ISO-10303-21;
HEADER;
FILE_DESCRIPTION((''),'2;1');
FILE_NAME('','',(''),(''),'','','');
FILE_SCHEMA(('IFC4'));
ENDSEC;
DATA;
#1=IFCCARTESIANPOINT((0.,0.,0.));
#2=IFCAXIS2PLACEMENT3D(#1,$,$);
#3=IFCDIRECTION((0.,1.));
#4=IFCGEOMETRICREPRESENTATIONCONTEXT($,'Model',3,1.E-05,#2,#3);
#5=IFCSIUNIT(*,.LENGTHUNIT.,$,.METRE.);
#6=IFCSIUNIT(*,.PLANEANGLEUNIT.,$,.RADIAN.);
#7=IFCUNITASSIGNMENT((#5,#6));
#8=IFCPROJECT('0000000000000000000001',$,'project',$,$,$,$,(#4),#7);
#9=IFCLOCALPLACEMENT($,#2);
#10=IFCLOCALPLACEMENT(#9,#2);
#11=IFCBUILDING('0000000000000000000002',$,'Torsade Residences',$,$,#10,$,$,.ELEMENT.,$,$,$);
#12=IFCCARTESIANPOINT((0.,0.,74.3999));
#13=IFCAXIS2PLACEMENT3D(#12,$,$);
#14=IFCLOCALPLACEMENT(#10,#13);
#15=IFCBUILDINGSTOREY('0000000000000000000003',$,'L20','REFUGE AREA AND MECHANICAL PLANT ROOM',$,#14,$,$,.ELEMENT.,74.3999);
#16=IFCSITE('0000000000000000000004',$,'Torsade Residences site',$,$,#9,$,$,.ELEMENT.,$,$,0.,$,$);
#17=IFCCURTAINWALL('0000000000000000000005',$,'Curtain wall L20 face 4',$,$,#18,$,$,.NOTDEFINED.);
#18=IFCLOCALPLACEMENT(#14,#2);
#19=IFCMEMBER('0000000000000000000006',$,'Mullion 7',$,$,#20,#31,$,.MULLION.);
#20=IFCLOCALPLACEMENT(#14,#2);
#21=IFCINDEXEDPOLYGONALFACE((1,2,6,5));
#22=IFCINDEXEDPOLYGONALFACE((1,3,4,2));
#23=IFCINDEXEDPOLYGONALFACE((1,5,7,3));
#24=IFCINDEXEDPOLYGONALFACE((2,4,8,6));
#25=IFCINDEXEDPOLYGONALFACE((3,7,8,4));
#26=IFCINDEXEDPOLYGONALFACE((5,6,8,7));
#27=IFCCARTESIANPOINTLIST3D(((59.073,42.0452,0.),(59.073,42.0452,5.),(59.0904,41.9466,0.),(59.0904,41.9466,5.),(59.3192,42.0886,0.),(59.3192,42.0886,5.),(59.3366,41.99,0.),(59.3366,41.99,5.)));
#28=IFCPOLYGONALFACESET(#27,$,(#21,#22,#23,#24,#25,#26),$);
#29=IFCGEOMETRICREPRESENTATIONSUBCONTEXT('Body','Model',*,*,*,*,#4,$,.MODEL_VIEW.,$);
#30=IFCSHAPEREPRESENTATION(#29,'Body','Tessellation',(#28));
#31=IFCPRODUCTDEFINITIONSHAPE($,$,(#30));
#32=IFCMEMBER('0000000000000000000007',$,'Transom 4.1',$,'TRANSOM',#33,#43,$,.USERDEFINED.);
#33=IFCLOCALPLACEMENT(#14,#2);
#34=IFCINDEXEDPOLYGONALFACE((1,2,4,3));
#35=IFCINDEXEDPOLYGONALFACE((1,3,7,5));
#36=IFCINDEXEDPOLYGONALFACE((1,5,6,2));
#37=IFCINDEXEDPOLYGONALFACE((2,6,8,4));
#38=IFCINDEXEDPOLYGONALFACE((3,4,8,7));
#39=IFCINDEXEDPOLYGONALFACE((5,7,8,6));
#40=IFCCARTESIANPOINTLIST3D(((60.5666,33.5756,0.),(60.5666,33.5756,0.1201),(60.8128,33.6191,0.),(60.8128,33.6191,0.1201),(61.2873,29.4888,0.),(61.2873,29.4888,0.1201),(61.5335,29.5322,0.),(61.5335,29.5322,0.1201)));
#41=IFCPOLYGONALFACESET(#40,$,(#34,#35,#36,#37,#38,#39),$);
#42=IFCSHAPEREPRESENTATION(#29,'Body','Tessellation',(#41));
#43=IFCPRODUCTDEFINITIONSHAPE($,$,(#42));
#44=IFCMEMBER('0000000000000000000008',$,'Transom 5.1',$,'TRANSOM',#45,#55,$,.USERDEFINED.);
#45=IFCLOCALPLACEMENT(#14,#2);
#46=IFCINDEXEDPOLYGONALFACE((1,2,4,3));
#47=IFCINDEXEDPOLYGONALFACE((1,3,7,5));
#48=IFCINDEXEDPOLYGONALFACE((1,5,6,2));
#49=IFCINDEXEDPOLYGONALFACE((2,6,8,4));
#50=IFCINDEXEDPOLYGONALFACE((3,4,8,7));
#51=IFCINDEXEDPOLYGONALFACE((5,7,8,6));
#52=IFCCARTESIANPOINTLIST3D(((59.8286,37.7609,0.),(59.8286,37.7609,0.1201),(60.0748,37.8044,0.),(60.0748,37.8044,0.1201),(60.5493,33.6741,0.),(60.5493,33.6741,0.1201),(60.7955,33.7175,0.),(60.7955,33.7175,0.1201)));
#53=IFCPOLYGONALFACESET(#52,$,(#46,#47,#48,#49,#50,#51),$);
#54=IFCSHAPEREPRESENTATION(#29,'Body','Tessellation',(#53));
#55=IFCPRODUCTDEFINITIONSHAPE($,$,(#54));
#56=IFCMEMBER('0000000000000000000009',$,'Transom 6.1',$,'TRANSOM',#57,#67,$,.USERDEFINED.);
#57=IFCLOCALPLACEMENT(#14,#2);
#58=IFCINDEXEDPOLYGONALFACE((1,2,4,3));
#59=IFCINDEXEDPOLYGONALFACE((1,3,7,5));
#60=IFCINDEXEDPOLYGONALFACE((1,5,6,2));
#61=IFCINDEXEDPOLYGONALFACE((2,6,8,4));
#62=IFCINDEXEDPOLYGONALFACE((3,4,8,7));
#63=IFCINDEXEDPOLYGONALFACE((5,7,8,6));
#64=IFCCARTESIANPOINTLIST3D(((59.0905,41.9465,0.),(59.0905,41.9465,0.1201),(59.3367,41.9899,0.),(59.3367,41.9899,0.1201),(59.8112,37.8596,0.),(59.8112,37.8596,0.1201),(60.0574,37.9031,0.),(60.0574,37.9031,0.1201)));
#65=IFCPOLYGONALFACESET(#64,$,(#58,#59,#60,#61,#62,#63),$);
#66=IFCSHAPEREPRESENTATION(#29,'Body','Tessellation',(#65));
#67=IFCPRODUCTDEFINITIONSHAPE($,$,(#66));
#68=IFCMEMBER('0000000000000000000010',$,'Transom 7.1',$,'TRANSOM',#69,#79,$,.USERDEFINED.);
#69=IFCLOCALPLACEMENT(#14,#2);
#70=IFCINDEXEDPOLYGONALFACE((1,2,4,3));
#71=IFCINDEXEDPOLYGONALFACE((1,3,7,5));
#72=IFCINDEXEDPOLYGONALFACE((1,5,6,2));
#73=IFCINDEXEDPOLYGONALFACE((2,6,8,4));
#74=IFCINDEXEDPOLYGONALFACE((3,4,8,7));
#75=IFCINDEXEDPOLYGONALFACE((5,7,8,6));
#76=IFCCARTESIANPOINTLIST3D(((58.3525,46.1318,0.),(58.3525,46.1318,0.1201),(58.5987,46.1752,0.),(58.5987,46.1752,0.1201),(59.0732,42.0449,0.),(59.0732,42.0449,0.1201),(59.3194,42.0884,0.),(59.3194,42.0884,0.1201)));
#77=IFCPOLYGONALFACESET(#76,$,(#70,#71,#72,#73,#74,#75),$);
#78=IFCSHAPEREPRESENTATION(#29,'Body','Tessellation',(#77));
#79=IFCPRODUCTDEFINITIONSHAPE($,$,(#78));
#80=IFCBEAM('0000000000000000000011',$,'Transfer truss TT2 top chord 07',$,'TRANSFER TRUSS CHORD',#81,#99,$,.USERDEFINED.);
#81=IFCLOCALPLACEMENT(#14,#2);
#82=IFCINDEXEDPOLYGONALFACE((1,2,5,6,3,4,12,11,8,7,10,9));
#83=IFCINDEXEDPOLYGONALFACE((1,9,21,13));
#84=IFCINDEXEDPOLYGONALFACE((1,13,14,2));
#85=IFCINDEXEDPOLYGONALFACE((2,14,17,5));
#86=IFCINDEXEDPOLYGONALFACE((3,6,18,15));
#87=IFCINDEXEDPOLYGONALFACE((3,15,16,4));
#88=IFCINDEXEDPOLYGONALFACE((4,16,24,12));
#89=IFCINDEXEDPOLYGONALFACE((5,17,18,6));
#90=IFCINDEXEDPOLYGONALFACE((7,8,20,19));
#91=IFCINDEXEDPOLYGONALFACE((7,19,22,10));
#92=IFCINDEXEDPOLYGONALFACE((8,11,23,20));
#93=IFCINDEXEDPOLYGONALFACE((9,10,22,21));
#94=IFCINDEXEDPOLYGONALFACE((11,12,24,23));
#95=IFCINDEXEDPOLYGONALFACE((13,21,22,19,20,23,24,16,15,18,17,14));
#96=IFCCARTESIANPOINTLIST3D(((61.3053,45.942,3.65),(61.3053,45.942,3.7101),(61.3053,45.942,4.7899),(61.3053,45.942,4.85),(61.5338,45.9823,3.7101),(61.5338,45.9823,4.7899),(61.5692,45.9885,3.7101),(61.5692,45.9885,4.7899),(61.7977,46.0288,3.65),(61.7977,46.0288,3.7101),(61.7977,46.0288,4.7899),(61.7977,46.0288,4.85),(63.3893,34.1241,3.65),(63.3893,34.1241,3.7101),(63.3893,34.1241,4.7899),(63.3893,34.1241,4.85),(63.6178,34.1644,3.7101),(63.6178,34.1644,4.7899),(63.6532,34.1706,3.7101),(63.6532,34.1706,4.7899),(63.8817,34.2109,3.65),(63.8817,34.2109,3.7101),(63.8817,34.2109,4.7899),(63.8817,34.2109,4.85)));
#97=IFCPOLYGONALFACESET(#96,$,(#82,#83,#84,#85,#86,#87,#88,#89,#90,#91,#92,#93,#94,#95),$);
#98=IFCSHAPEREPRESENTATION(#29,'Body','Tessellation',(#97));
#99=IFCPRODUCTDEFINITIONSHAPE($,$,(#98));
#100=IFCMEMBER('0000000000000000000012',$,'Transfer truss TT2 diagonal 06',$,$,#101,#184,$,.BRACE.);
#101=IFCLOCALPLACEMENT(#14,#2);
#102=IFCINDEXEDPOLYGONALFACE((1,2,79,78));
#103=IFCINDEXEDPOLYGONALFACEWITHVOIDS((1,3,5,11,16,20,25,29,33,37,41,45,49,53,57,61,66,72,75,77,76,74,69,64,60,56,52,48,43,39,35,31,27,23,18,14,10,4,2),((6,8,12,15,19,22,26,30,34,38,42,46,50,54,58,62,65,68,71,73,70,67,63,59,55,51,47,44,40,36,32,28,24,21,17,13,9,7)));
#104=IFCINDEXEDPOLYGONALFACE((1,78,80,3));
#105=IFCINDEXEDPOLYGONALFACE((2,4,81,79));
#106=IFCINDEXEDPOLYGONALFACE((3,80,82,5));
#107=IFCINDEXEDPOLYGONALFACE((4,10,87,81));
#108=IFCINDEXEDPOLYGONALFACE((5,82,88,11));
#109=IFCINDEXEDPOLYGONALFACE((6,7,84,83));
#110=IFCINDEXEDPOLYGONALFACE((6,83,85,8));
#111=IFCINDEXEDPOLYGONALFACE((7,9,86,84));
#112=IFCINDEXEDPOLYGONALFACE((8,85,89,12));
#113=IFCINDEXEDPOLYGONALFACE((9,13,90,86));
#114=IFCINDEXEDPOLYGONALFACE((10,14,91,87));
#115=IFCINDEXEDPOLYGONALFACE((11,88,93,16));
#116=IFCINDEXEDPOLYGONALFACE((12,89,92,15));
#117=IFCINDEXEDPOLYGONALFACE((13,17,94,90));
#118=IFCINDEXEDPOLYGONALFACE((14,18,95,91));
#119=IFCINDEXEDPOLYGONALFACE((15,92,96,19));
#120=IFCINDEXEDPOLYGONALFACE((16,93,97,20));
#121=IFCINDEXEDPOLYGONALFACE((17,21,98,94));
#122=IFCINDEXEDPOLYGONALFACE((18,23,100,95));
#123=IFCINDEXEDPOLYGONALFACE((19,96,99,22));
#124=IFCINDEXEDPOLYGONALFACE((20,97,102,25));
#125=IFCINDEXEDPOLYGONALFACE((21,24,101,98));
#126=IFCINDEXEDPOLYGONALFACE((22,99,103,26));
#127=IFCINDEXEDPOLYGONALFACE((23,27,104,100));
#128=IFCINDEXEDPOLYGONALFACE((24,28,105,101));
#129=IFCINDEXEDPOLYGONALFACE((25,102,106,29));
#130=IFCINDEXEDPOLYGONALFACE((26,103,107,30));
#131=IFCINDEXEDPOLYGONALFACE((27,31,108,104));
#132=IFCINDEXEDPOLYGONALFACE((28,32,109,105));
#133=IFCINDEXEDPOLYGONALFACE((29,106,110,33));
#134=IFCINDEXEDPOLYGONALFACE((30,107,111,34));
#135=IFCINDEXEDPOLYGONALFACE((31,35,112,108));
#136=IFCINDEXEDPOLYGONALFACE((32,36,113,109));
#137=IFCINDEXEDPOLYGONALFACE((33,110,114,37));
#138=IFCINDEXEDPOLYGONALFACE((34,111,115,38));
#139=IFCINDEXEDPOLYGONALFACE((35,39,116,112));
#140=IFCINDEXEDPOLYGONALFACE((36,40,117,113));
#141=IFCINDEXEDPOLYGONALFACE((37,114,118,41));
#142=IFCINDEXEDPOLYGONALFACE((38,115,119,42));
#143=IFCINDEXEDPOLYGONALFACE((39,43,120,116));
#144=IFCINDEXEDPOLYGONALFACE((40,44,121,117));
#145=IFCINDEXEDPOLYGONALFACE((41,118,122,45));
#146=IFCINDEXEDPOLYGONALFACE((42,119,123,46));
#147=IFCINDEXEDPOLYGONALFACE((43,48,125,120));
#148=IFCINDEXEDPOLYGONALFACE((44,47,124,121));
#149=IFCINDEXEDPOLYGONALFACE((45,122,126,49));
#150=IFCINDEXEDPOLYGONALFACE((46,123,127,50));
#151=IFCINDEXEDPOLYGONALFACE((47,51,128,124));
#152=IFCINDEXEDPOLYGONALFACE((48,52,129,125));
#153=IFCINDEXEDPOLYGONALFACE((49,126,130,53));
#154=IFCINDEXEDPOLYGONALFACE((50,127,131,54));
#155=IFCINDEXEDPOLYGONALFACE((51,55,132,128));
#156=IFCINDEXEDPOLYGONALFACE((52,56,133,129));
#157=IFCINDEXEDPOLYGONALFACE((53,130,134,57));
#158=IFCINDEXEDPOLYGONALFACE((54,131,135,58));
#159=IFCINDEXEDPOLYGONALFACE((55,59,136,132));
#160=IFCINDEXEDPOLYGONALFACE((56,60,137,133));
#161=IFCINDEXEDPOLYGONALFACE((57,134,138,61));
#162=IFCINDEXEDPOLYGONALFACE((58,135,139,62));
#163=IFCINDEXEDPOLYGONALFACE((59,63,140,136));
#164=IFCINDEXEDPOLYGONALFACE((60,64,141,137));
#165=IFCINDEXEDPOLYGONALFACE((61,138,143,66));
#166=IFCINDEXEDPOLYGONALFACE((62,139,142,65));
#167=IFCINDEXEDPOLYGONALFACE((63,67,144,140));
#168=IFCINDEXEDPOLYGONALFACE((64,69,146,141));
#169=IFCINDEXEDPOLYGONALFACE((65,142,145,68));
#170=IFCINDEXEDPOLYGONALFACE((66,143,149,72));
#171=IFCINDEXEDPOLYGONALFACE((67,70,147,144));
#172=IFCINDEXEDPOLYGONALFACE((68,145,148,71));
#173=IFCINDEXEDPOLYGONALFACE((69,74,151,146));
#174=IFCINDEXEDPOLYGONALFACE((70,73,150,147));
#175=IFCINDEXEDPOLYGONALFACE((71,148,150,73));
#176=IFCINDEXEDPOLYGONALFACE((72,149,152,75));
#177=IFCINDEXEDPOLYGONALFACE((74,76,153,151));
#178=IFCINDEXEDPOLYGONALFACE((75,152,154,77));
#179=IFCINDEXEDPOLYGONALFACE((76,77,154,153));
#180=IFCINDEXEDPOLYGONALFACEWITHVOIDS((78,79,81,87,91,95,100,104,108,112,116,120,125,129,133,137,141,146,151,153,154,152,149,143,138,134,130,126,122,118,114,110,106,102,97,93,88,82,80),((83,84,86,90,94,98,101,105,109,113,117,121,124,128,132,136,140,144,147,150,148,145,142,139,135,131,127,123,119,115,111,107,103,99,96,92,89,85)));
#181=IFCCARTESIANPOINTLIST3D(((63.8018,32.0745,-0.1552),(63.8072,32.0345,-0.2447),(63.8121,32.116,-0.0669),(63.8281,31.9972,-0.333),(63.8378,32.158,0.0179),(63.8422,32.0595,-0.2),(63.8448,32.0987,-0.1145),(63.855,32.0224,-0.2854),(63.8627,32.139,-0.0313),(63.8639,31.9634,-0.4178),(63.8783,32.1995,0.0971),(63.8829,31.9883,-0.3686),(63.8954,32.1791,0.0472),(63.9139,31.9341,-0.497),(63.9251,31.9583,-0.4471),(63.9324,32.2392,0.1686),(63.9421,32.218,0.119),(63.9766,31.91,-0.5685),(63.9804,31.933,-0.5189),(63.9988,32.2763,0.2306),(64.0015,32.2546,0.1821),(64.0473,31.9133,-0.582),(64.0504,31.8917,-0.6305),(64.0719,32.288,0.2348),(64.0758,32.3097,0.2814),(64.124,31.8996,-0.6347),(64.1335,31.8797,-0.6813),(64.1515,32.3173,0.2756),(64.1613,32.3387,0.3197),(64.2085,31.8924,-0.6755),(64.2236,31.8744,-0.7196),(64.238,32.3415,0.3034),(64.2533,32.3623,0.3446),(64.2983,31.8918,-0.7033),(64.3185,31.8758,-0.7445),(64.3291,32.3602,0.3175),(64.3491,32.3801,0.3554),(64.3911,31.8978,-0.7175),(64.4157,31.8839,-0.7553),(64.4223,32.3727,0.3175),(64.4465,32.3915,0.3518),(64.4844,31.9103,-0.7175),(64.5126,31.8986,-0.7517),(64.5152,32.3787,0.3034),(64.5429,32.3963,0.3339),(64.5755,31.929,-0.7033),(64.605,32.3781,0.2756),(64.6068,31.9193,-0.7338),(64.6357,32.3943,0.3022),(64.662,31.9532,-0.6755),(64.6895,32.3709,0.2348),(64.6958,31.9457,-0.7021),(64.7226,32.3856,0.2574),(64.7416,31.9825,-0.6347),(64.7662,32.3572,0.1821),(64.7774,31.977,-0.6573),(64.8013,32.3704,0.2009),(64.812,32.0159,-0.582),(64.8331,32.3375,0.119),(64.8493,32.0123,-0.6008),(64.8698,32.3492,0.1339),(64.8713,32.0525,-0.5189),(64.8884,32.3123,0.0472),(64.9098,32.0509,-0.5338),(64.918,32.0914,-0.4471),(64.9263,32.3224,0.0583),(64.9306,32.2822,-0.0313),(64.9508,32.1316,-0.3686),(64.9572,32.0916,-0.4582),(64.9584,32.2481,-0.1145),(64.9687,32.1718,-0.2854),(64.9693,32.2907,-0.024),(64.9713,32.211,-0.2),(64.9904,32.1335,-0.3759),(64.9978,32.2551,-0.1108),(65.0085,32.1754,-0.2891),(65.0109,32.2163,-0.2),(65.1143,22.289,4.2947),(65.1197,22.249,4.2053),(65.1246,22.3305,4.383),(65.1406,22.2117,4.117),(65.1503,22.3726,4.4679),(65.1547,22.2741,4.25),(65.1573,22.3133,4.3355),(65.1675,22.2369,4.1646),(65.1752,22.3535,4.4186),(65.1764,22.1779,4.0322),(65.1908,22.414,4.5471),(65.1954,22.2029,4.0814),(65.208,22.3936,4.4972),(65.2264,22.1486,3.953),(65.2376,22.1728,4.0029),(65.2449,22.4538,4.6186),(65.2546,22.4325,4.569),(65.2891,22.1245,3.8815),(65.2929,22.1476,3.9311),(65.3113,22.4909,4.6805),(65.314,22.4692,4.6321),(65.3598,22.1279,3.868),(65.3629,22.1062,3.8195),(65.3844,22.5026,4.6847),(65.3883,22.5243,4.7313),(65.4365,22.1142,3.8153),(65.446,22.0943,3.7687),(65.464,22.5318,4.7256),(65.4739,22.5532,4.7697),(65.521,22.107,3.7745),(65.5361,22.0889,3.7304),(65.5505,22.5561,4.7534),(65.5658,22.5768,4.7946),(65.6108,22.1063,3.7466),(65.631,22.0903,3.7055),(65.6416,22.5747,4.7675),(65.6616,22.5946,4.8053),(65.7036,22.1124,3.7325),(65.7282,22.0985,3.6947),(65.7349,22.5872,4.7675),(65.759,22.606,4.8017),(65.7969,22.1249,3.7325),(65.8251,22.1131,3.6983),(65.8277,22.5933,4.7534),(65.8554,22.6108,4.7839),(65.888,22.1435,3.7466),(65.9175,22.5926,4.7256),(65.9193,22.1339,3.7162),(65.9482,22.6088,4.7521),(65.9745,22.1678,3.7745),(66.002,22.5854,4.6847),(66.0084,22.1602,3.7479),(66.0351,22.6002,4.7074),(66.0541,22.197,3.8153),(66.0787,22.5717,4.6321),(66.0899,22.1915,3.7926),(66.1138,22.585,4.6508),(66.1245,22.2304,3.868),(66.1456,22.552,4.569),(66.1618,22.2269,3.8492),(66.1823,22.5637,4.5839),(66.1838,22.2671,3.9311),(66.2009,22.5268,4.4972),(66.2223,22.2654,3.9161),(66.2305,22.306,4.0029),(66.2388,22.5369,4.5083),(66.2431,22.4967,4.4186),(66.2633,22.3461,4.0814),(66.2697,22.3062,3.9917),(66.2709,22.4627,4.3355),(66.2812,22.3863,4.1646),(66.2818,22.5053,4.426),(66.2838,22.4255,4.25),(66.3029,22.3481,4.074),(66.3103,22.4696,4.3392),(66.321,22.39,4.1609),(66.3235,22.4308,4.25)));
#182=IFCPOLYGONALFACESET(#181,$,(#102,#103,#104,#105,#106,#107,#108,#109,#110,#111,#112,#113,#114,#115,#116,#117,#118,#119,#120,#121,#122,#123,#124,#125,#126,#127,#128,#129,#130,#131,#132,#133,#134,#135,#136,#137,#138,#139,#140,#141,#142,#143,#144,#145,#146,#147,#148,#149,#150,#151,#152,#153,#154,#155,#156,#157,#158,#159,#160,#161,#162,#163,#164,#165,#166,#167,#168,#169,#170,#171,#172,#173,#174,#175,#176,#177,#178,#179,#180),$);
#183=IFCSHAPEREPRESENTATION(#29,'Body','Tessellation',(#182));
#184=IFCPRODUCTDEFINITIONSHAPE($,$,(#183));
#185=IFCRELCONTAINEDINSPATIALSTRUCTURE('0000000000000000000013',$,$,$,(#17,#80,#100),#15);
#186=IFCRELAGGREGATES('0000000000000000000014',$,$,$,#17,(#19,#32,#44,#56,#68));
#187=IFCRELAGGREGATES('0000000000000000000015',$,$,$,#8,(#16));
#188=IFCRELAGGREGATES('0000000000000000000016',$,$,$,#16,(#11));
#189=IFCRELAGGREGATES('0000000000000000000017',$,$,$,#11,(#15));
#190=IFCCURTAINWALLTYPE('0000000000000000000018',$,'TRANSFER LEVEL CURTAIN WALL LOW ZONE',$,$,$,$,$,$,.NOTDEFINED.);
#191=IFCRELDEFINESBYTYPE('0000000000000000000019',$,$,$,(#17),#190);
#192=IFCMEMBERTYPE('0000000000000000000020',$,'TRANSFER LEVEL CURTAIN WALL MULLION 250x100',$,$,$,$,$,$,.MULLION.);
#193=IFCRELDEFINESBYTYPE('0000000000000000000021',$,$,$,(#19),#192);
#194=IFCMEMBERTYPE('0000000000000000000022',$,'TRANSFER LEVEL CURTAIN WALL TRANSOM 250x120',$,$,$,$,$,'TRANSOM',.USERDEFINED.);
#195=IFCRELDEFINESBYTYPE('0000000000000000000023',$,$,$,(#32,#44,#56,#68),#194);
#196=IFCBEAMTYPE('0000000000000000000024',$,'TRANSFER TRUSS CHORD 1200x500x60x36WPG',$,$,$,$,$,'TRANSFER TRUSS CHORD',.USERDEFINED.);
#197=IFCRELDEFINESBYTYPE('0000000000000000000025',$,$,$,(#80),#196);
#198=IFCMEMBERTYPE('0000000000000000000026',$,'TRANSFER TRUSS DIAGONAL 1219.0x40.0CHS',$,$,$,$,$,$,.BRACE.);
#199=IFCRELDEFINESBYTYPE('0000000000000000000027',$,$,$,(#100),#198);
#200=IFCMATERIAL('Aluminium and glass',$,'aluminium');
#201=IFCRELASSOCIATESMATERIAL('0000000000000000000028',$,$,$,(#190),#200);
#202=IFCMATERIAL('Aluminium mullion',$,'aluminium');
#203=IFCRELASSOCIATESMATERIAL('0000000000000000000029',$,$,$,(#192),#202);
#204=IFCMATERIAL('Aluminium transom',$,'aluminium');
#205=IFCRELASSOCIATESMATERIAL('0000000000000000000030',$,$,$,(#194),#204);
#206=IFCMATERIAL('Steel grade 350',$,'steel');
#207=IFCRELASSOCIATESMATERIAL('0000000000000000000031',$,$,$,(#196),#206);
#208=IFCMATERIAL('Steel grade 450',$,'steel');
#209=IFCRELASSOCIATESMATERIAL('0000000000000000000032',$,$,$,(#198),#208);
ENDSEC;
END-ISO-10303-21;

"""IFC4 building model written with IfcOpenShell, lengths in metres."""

from ifc_helpers import new_model, si_unit, direction, frame, origin, origin_2d, place, context, subcontext, project, spatial, rectangle, hollow_circle, i_section, extrude, material, material_profile, profile_set, type_object, element, aggregate, save


model = new_model("IFC4")

# Units and contexts
model_context = context("Model", 3, precision=1e-05, world=origin(), true_north=direction((0.0, 1.0)))
body_context = subcontext(model_context, "Body", "Model", "MODEL_VIEW")
ifc_project = project(units=[si_unit("LENGTHUNIT", "METRE"), si_unit("PLANEANGLEUNIT", "RADIAN")], contexts=[model_context])

# Site, building, storey
site_placement = place(None, origin())
site = spatial("IfcSite", under=ifc_project, at=site_placement, Name="Torsade Residences site", CompositionType="ELEMENT", RefElevation=0.0)
building_placement = place(site_placement, origin())
building = spatial("IfcBuilding", under=site, at=building_placement, Name="Torsade Residences", CompositionType="ELEMENT")
storey_placement = place(building_placement, frame((0.0, 0.0, 74.3999)))
storey = spatial("IfcBuildingStorey", under=building, at=storey_placement, Name="L20", Description="REFUGE AREA AND MECHANICAL PLANT ROOM", CompositionType="ELEMENT", Elevation=74.3999)

# Curtain wall, members
ifc_material_1 = material(Name="Aluminium and glass", Category="aluminium")
curtain_wall_type = type_object("IfcCurtainWallType", Name="TRANSFER LEVEL CURTAIN WALL LOW ZONE", PredefinedType="NOTDEFINED", material=ifc_material_1)
curtain_wall_placement = place(storey_placement, origin())
curtain_wall = element("IfcCurtainWall", 1, at=curtain_wall_placement, inside=storey, type_object=curtain_wall_type, Name="Curtain wall L20 face 4", PredefinedType="NOTDEFINED")
ifc_material_2 = material(Name="Aluminium mullion", Category="aluminium")
ifc_material_profile_1 = material_profile(ifc_material_2, rectangle(XDim=0.25, YDim=0.1001, at=origin_2d()), Name="TRANSFER LEVEL CURTAIN WALL MULLION 250x100")
ifc_profile_set_1 = profile_set([ifc_material_profile_1], Name="Aluminium mullion")
member_type_1 = type_object("IfcMemberType", Name="TRANSFER LEVEL CURTAIN WALL MULLION 250x100", PredefinedType="MULLION", material=ifc_profile_set_1)
member_1_placement = place(storey_placement, frame((59.2048, 42.0176, 0.0), z_axis=(0.0, 0.0, 1.0), x_axis=(-0.984808, -0.173648, 0.0)))
member_1 = element("IfcMember", 2, at=member_1_placement, type_object=member_type_1, Name="Mullion 7", PredefinedType="MULLION", context=body_context, shape_type="SweptSolid", body=[
    extrude(rectangle(XDim=0.25, YDim=0.1001, at=origin_2d()), origin(), (0.0, 0.0, 1.0), 5.0),
])
ifc_material_3 = material(Name="Aluminium transom", Category="aluminium")
ifc_material_profile_2 = material_profile(ifc_material_3, rectangle(XDim=0.25, YDim=0.1201, at=origin_2d()), Name="TRANSFER LEVEL CURTAIN WALL TRANSOM 250x120")
ifc_profile_set_2 = profile_set([ifc_material_profile_2], Name="Aluminium transom")
member_type_2 = type_object("IfcMemberType", Name="TRANSFER LEVEL CURTAIN WALL TRANSOM 250x120", ElementType="TRANSOM", PredefinedType="USERDEFINED", material=ifc_profile_set_2)
member_2_placement = place(storey_placement, frame((61.4104, 29.5105, 0.0601), z_axis=(-0.173665, 0.984805, 0.0), x_axis=(-0.984805, -0.173665, 0.0)))
member_2 = element("IfcMember", 3, at=member_2_placement, type_object=member_type_2, Name="Transom 4.1", ObjectType="TRANSOM", PredefinedType="USERDEFINED", context=body_context, shape_type="SweptSolid", body=[
    extrude(rectangle(XDim=0.25, YDim=0.1201, at=origin_2d()), origin(), (0.0, 0.0, 1.0), 4.1499),
])
member_3_placement = place(storey_placement, frame((60.6724, 33.6958, 0.0601), z_axis=(-0.173665, 0.984805, 0.0), x_axis=(-0.984805, -0.173665, 0.0)))
member_3 = element("IfcMember", 4, at=member_3_placement, type_object=member_type_2, Name="Transom 5.1", ObjectType="TRANSOM", PredefinedType="USERDEFINED", context=body_context, shape_type="SweptSolid", body=[
    extrude(rectangle(XDim=0.25, YDim=0.1201, at=origin_2d()), origin(), (0.0, 0.0, 1.0), 4.1499),
])
member_4_placement = place(storey_placement, frame((59.9343, 37.8813, 0.0601), z_axis=(-0.173665, 0.984805, 0.0), x_axis=(-0.984805, -0.173665, 0.0)))
member_4 = element("IfcMember", 5, at=member_4_placement, type_object=member_type_2, Name="Transom 6.1", ObjectType="TRANSOM", PredefinedType="USERDEFINED", context=body_context, shape_type="SweptSolid", body=[
    extrude(rectangle(XDim=0.25, YDim=0.1201, at=origin_2d()), origin(), (0.0, 0.0, 1.0), 4.1499),
])
member_5_placement = place(storey_placement, frame((59.1963, 42.0667, 0.0601), z_axis=(-0.173665, 0.984805, 0.0), x_axis=(-0.984805, -0.173665, 0.0)))
member_5 = element("IfcMember", 6, at=member_5_placement, type_object=member_type_2, Name="Transom 7.1", ObjectType="TRANSOM", PredefinedType="USERDEFINED", context=body_context, shape_type="SweptSolid", body=[
    extrude(rectangle(XDim=0.25, YDim=0.1201, at=origin_2d()), origin(), (0.0, 0.0, 1.0), 4.1499),
])

# Beam
ifc_material_4 = material(Name="Steel grade 350", Category="steel")
ifc_material_profile_3 = material_profile(ifc_material_4, i_section(OverallWidth=0.5, OverallDepth=1.2, WebThickness=0.0359, FlangeThickness=0.0601, at=origin_2d()), Name="1200x500x60x36WPG")
ifc_profile_set_3 = profile_set([ifc_material_profile_3], Name="Steel grade 350")
beam_type_1 = type_object("IfcBeamType", Name="TRANSFER TRUSS CHORD 1200x500x60x36WPG", ElementType="TRANSFER TRUSS CHORD", PredefinedType="USERDEFINED", material=ifc_profile_set_3)
beam_1_placement = place(storey_placement, frame((63.6355, 34.1675, 4.25), z_axis=(-0.173662, 0.984805, 0.0), x_axis=(-0.984805, -0.173662, 0.0)))
element("IfcBeam", 7, at=beam_1_placement, inside=storey, type_object=beam_type_1, Name="Transfer truss TT2 top chord 07", ObjectType="TRANSFER TRUSS CHORD", PredefinedType="USERDEFINED", context=body_context, shape_type="SweptSolid", body=[
    extrude(i_section(OverallWidth=0.5, OverallDepth=1.2, WebThickness=0.0359, FlangeThickness=0.0601, at=origin_2d()), origin(), (0.0, 0.0, 1.0), 12.0002),
])

# Member
ifc_material_5 = material(Name="Steel grade 450", Category="steel")
ifc_material_profile_4 = material_profile(ifc_material_5, hollow_circle(Radius=0.6096, WallThickness=0.04, at=origin_2d()), Name="1219.0x40.0CHS")
ifc_profile_set_4 = profile_set([ifc_material_profile_4], Name="Steel grade 450")
member_type_3 = type_object("IfcMemberType", Name="TRANSFER TRUSS DIAGONAL 1219.0x40.0CHS", PredefinedType="BRACE", material=ifc_profile_set_4)
member_6_placement = place(storey_placement, frame((64.4067, 32.1353, -0.2), z_axis=(0.121196, -0.903585, 0.410909), x_axis=(0.991124, 0.132938, 0.0)))
element("IfcMember", 8, at=member_6_placement, inside=storey, type_object=member_type_3, Name="Transfer truss TT2 diagonal 06", PredefinedType="BRACE", context=body_context, shape_type="SweptSolid", body=[
    extrude(hollow_circle(Radius=0.6096, WallThickness=0.04, at=origin_2d()), origin(), (0.0, 0.0, 1.0), 10.8296),
])

aggregate(curtain_wall, [member_1, member_2, member_3, member_4, member_5])

save(model, "model.ifc")
